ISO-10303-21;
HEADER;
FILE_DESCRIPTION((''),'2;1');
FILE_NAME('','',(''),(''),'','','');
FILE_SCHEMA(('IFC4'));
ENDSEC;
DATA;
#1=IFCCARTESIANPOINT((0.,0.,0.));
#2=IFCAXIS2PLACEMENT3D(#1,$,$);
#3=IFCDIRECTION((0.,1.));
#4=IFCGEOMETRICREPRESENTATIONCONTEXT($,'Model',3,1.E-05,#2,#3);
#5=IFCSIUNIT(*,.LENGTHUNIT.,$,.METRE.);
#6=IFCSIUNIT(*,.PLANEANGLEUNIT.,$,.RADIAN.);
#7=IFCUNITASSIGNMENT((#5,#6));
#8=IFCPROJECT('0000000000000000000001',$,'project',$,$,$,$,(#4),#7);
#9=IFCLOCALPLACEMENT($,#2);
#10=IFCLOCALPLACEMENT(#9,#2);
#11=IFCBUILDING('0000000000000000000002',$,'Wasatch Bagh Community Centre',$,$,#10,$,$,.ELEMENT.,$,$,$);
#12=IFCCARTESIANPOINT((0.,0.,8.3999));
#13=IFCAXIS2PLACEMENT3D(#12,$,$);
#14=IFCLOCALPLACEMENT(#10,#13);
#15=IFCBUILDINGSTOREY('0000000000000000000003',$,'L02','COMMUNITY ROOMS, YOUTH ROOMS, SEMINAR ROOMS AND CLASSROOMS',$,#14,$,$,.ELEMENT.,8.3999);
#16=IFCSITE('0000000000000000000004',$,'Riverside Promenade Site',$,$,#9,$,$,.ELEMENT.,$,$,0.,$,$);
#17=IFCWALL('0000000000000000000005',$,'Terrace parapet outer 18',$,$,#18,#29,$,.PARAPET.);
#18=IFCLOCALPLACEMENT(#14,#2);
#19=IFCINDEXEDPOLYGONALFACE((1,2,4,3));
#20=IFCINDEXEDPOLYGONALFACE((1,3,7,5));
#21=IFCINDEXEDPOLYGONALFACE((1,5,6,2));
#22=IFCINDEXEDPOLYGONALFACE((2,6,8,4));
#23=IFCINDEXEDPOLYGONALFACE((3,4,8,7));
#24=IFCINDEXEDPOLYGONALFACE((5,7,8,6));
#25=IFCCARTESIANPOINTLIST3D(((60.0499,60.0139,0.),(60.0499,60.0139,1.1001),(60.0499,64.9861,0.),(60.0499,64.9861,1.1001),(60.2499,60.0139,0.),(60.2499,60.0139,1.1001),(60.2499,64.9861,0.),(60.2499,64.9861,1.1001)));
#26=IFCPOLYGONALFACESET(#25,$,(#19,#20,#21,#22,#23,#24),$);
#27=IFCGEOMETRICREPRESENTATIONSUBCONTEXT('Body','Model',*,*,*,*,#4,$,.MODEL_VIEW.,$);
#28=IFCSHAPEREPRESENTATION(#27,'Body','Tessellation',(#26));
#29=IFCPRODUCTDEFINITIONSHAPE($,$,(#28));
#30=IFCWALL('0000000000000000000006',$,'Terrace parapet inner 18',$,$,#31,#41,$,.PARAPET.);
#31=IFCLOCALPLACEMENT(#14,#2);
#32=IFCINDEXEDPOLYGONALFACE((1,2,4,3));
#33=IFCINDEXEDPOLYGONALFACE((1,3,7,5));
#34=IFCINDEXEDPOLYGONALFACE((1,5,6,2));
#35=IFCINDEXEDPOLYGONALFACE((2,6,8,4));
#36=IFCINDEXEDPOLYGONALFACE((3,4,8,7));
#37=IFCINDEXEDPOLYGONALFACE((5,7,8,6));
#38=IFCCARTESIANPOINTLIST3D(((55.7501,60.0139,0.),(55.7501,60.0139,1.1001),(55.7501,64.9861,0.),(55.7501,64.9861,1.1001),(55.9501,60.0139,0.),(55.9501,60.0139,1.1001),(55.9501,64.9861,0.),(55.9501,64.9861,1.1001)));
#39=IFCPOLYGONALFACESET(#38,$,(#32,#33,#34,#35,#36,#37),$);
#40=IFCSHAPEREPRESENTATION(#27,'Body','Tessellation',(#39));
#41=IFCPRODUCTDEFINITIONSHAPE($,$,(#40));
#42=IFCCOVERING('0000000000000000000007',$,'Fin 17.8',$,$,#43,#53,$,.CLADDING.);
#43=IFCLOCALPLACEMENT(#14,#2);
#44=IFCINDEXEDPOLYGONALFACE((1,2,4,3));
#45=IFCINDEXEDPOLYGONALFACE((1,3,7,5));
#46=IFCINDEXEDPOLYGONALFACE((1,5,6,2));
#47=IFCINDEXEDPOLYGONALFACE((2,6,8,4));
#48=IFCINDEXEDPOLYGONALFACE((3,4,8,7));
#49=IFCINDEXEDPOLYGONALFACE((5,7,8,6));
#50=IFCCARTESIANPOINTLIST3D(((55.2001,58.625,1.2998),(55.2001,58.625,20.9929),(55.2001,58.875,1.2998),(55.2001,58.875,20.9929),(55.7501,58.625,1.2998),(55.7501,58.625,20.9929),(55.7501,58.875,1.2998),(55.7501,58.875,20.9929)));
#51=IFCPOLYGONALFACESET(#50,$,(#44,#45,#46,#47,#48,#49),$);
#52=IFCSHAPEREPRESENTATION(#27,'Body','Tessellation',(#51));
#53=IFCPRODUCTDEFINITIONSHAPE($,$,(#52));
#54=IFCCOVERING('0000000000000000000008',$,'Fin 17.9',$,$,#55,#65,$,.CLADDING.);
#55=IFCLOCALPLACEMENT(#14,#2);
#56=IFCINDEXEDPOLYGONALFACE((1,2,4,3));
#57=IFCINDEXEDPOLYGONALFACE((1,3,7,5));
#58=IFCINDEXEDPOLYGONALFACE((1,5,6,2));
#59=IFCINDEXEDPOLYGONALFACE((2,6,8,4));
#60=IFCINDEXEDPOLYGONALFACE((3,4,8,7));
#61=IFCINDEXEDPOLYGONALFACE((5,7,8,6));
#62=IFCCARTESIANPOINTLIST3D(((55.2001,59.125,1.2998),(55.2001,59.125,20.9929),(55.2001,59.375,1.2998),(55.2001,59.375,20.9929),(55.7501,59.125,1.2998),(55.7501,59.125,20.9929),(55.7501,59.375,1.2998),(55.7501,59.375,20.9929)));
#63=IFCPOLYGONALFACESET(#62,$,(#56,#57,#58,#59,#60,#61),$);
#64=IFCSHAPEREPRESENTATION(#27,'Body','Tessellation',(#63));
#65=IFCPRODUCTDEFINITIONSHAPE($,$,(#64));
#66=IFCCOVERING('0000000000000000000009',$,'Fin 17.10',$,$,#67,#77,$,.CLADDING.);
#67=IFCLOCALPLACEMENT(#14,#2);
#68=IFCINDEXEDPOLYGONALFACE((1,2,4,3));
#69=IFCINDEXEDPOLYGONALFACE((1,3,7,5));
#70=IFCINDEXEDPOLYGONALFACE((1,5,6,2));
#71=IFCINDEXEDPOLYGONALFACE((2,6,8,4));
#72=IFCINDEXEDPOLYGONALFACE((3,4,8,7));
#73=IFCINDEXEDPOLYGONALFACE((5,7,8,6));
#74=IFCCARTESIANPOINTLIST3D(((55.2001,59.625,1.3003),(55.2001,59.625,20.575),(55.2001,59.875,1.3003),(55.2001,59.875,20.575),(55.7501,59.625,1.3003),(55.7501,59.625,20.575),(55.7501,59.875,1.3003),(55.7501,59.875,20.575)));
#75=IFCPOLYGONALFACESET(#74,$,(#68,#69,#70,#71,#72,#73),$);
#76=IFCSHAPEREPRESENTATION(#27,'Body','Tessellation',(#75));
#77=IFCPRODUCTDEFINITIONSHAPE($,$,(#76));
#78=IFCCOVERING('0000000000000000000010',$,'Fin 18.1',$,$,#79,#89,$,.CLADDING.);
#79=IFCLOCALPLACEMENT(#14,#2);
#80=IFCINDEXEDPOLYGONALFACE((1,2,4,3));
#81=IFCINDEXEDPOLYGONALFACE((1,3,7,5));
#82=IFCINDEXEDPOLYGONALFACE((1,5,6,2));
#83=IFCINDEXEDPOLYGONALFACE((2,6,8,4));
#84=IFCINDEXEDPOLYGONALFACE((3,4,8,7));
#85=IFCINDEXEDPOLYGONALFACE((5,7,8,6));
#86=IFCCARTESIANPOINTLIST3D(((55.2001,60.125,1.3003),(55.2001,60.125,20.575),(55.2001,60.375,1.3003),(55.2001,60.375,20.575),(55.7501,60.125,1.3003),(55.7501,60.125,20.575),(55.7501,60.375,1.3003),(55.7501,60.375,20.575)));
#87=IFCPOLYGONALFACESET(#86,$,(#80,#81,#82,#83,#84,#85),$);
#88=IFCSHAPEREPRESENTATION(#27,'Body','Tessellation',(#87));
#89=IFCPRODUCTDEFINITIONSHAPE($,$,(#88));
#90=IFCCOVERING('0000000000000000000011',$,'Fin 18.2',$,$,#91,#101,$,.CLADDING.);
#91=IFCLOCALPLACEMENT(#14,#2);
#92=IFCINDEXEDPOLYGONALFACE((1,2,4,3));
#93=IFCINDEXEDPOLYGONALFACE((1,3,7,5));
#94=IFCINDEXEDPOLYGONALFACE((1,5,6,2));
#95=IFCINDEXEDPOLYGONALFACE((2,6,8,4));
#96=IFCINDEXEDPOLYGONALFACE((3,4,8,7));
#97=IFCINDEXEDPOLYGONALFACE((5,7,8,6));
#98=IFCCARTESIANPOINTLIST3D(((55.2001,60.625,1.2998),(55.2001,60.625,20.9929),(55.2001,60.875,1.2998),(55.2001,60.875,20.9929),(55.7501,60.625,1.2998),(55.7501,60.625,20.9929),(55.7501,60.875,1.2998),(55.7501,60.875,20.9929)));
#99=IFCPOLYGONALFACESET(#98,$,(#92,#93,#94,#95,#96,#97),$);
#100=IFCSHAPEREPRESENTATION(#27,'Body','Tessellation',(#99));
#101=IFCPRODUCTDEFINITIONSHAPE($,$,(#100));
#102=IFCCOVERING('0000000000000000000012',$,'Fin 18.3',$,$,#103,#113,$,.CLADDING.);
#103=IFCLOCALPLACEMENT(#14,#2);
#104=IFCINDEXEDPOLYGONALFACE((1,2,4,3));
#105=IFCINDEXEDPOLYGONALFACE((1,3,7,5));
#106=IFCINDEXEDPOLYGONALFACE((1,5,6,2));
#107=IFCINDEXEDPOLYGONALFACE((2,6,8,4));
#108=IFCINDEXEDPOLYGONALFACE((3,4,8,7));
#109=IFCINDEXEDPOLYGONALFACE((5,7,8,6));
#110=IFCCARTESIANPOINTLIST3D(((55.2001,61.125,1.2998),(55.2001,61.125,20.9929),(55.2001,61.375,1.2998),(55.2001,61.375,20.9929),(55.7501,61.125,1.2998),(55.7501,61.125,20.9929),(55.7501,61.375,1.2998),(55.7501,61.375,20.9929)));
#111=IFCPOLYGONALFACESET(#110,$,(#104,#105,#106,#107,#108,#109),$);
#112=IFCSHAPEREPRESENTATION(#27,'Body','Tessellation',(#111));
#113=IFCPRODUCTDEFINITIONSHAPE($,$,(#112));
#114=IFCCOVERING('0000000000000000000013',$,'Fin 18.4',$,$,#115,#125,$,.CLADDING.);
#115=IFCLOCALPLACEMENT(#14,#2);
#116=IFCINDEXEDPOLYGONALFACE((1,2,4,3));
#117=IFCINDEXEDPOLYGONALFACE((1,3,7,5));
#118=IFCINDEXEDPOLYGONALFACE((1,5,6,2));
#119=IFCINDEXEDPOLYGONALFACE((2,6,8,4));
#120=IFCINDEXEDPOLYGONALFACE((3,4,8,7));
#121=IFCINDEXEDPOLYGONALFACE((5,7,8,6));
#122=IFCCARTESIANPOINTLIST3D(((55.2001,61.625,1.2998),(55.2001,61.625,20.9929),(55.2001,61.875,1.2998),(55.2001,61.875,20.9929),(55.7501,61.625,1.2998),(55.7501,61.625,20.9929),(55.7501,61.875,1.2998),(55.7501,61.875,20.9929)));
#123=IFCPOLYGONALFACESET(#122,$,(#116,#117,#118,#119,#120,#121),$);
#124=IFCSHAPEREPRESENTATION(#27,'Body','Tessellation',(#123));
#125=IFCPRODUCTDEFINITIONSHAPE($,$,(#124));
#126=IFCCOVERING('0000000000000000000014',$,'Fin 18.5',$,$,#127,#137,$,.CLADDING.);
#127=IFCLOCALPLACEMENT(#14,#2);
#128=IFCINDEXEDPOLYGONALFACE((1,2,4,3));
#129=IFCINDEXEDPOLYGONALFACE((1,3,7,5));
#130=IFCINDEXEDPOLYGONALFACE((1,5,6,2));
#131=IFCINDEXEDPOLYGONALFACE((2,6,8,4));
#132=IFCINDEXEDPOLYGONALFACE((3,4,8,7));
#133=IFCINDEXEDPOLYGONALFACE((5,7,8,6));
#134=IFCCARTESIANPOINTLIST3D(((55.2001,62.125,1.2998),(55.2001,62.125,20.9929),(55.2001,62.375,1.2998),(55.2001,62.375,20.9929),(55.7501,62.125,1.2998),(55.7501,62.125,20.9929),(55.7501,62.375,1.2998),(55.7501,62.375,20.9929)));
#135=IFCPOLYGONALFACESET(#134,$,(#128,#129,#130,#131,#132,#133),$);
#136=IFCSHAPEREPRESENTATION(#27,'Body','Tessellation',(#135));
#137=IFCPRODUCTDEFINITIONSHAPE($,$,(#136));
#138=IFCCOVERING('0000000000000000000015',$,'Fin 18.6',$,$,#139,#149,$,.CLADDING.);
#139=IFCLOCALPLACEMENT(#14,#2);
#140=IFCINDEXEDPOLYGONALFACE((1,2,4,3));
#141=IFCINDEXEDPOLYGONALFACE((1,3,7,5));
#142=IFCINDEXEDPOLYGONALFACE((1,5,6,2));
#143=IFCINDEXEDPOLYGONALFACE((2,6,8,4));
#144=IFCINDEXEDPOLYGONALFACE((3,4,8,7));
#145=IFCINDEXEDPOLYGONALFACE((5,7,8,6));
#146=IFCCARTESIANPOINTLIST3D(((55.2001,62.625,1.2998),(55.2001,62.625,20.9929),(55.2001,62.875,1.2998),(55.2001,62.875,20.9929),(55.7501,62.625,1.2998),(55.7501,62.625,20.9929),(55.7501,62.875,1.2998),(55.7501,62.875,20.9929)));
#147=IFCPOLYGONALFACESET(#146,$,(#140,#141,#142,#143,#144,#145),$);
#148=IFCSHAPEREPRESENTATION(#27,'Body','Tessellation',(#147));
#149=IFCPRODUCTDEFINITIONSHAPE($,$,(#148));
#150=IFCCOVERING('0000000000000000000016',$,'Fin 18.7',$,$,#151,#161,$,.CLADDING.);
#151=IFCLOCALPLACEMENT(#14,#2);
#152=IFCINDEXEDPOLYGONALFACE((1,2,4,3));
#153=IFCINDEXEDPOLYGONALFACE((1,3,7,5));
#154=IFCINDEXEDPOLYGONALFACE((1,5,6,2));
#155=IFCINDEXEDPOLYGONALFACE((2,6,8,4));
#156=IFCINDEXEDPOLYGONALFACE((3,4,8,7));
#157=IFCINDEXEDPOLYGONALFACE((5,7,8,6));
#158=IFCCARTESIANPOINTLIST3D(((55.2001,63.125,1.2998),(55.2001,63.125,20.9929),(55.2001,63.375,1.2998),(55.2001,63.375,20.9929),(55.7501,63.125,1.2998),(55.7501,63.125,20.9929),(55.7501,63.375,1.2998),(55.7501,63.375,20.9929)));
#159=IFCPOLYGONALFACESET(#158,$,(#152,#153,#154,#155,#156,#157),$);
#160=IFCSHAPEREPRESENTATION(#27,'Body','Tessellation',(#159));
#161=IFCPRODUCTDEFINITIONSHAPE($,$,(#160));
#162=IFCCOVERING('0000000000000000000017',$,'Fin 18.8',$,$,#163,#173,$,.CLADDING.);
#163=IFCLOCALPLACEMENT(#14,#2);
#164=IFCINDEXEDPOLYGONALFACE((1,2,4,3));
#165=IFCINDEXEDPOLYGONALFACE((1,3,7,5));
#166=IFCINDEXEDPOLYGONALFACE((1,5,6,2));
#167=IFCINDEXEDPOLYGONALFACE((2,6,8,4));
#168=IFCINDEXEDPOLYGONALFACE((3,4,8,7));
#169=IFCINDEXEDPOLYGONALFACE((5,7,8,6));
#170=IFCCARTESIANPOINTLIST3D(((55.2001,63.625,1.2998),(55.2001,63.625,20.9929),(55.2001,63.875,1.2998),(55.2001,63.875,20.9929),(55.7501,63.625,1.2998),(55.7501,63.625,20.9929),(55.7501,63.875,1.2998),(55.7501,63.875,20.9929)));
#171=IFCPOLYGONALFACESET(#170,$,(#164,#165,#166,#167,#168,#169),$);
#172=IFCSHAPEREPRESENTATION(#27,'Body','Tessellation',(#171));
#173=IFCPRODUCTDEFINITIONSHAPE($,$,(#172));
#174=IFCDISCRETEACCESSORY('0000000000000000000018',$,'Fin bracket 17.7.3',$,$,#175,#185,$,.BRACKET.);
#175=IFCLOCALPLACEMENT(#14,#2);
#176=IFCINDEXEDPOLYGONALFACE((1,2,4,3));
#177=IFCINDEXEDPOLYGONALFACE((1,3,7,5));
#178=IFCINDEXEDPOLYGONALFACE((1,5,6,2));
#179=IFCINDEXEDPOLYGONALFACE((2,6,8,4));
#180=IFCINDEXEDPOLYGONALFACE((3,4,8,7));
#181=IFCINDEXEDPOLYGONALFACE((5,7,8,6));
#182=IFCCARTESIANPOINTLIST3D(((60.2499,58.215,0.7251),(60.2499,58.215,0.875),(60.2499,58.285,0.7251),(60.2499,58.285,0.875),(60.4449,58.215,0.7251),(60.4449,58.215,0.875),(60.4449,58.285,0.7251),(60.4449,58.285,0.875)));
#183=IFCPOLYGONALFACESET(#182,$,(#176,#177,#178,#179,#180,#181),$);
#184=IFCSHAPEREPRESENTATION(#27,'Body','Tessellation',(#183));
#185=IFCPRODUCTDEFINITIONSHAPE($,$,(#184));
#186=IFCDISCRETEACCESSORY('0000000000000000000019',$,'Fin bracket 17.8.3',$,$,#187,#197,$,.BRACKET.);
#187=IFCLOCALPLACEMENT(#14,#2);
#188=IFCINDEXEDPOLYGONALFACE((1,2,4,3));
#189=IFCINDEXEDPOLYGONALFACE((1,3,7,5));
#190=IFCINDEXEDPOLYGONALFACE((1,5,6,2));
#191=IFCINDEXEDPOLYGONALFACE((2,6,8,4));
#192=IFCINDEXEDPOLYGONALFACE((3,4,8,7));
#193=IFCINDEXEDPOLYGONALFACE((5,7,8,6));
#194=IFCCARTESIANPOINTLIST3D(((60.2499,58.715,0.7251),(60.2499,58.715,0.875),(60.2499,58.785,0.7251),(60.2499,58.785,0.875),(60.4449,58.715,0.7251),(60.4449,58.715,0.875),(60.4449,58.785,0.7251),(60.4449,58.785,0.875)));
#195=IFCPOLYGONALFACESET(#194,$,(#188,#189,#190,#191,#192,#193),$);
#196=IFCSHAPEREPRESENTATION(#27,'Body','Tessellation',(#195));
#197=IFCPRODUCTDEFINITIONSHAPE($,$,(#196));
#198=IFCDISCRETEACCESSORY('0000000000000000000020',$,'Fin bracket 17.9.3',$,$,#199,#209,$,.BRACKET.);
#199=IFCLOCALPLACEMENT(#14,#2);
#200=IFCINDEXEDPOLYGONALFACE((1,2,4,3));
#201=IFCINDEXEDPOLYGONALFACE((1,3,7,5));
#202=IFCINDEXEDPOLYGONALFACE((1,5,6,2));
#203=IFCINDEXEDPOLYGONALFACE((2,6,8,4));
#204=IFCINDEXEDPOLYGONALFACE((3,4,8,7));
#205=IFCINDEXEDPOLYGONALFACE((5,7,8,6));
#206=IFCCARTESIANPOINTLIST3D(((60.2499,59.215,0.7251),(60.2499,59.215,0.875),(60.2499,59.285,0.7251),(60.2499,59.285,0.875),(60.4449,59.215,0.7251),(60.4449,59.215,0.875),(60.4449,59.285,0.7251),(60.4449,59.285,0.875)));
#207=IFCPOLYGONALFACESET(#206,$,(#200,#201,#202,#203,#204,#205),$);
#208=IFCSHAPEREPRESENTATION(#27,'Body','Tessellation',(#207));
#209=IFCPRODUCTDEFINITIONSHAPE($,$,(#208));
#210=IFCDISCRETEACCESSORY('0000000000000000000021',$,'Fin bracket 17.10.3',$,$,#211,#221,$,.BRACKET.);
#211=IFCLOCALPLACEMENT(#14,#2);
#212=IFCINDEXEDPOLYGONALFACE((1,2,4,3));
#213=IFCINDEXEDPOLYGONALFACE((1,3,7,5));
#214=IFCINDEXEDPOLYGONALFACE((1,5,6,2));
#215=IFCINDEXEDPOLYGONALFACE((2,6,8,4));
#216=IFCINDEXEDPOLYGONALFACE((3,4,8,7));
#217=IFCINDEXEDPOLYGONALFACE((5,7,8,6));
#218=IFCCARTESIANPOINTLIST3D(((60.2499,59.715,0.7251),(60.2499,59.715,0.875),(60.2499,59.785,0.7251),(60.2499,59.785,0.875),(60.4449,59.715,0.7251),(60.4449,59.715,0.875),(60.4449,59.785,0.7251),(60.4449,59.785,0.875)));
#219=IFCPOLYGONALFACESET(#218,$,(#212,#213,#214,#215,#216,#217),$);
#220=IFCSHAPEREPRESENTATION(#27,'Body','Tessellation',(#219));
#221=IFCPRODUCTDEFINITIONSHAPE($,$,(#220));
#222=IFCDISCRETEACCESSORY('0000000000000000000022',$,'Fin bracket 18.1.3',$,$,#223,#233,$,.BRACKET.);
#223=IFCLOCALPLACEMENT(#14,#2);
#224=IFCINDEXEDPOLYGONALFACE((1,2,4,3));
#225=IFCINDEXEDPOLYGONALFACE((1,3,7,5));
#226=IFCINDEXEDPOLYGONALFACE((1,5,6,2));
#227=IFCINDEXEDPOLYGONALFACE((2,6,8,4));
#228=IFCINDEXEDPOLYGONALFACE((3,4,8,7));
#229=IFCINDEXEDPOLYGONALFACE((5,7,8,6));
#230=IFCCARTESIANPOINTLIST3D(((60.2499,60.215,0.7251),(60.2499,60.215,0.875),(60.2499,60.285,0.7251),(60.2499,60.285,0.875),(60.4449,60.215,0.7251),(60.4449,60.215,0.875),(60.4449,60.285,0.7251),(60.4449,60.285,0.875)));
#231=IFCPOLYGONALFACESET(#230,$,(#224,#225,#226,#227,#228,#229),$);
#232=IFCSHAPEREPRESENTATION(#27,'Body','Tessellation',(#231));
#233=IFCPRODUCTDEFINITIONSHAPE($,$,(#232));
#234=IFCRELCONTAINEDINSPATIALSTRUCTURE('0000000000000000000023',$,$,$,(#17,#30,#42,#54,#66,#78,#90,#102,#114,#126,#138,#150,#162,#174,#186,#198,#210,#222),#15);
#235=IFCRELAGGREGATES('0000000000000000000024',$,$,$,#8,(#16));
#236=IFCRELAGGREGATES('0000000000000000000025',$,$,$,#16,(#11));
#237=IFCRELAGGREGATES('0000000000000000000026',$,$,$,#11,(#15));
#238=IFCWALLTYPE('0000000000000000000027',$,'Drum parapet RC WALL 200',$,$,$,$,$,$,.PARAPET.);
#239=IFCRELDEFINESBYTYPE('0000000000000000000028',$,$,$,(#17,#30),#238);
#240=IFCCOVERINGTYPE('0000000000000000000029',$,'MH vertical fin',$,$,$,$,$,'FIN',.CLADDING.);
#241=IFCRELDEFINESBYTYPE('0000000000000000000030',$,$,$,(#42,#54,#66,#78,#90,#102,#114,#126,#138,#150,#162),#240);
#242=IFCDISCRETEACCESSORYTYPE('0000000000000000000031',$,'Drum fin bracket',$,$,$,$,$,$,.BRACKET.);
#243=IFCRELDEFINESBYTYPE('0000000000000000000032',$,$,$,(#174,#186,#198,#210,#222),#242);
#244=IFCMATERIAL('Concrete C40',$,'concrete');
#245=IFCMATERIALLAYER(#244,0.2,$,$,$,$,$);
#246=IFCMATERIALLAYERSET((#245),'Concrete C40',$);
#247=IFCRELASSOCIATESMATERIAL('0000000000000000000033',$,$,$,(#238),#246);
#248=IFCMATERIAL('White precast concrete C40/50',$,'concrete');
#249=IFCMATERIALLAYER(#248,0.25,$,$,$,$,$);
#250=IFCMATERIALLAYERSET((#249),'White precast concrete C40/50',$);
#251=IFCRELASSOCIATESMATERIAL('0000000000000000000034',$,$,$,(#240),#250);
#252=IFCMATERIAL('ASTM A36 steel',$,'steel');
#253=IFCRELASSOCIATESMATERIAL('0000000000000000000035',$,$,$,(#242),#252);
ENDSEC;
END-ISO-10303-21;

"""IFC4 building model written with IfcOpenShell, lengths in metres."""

from ifc_helpers import new_model, si_unit, direction, frame, frame_2d, origin, origin_2d, place, context, subcontext, project, spatial, rectangle, extrude, material, layer, layer_set, type_object, element, save


model = new_model("IFC4")

# Units and contexts
model_context = context("Model", 3, precision=1e-05, world=origin(), true_north=direction((0.0, 1.0)))
body_context = subcontext(model_context, "Body", "Model", "MODEL_VIEW")
ifc_project = project(units=[si_unit("LENGTHUNIT", "METRE"), si_unit("PLANEANGLEUNIT", "RADIAN")], contexts=[model_context])

# Site, building, storey
site_placement = place(None, origin())
site = spatial("IfcSite", under=ifc_project, at=site_placement, Name="Riverside Promenade Site", CompositionType="ELEMENT", RefElevation=0.0)
building_placement = place(site_placement, origin())
building = spatial("IfcBuilding", under=site, at=building_placement, Name="Wasatch Bagh Community Centre", CompositionType="ELEMENT")
storey_placement = place(building_placement, frame((0.0, 0.0, 8.3999)))
storey = spatial("IfcBuildingStorey", under=building, at=storey_placement, Name="L02", Description="COMMUNITY ROOMS, YOUTH ROOMS, SEMINAR ROOMS AND CLASSROOMS", CompositionType="ELEMENT", Elevation=8.3999)

# Walls
ifc_material_1 = material(Name="Concrete C40", Category="concrete")
ifc_layer_1 = layer(ifc_material_1, 0.2)
ifc_layer_set_1 = layer_set([ifc_layer_1], Name="Concrete C40")
wall_type = type_object("IfcWallType", Name="Drum parapet RC WALL 200", PredefinedType="PARAPET", material=ifc_layer_set_1)
for number, where, z_axis, x_axis, name in (
    (1, (60.1499, 60.0139, 0.0), (0.0, 0.0, 1.0), (0.0, 1.0, 0.0), "Terrace parapet outer 18"),
    (2, (55.8501, 60.0139, 0.0), (0.0, 0.0, 1.0), (0.0, 1.0, 0.0), "Terrace parapet inner 18"),
):
    element("IfcWall", number, at=place(storey_placement, frame(where, z_axis=z_axis, x_axis=x_axis)), inside=storey, type_object=wall_type, Name=name, PredefinedType="PARAPET", context=body_context, shape_type="SweptSolid", body=[
        extrude(rectangle(XDim=4.9722, YDim=0.2, at=frame_2d((2.4861, 0.0))), origin(), (0.0, 0.0, 1.0), 1.1001),
    ])

# Coverings
ifc_material_2 = material(Name="White precast concrete C40/50", Category="concrete")
ifc_layer_2 = layer(ifc_material_2, 0.25)
ifc_layer_set_2 = layer_set([ifc_layer_2], Name="White precast concrete C40/50")
covering_type = type_object("IfcCoveringType", Name="MH vertical fin", ElementType="FIN", PredefinedType="CLADDING", material=ifc_layer_set_2)
for number, where, z_axis, x_axis, name in (
    (3, (55.4751, 58.75, 1.2998), (0.0, 0.0, 1.0), (0.0, 1.0, 0.0), "Fin 17.8"),
    (4, (55.4751, 59.25, 1.2998), (0.0, 0.0, 1.0), (0.0, 1.0, 0.0), "Fin 17.9"),
):
    element("IfcCovering", number, at=place(storey_placement, frame(where, z_axis=z_axis, x_axis=x_axis)), inside=storey, type_object=covering_type, Name=name, PredefinedType="CLADDING", context=body_context, shape_type="SweptSolid", body=[
        extrude(rectangle(XDim=0.25, YDim=0.55, at=origin_2d()), origin(), (0.0, 0.0, 1.0), 19.6931),
    ])
for number, where, z_axis, x_axis, name in (
    (5, (55.4751, 59.75, 1.3003), (0.0, 0.0, 1.0), (0.0, 1.0, 0.0), "Fin 17.10"),
    (6, (55.4751, 60.25, 1.3003), (0.0, 0.0, 1.0), (0.0, 1.0, 0.0), "Fin 18.1"),
):
    element("IfcCovering", number, at=place(storey_placement, frame(where, z_axis=z_axis, x_axis=x_axis)), inside=storey, type_object=covering_type, Name=name, PredefinedType="CLADDING", context=body_context, shape_type="SweptSolid", body=[
        extrude(rectangle(XDim=0.25, YDim=0.55, at=origin_2d()), origin(), (0.0, 0.0, 1.0), 19.2747),
    ])
for number, where, z_axis, x_axis, name in (
    (7, (55.4751, 60.75, 1.2998), (0.0, 0.0, 1.0), (0.0, 1.0, 0.0), "Fin 18.2"),
    (8, (55.4751, 61.25, 1.2998), (0.0, 0.0, 1.0), (0.0, 1.0, 0.0), "Fin 18.3"),
    (9, (55.4751, 61.75, 1.2998), (0.0, 0.0, 1.0), (0.0, 1.0, 0.0), "Fin 18.4"),
    (10, (55.4751, 62.25, 1.2998), (0.0, 0.0, 1.0), (0.0, 1.0, 0.0), "Fin 18.5"),
    (11, (55.4751, 62.75, 1.2998), (0.0, 0.0, 1.0), (0.0, 1.0, 0.0), "Fin 18.6"),
    (12, (55.4751, 63.25, 1.2998), (0.0, 0.0, 1.0), (0.0, 1.0, 0.0), "Fin 18.7"),
    (13, (55.4751, 63.75, 1.2998), (0.0, 0.0, 1.0), (0.0, 1.0, 0.0), "Fin 18.8"),
):
    element("IfcCovering", number, at=place(storey_placement, frame(where, z_axis=z_axis, x_axis=x_axis)), inside=storey, type_object=covering_type, Name=name, PredefinedType="CLADDING", context=body_context, shape_type="SweptSolid", body=[
        extrude(rectangle(XDim=0.25, YDim=0.55, at=origin_2d()), origin(), (0.0, 0.0, 1.0), 19.6931),
    ])

# Discrete accessories
ifc_material_3 = material(Name="ASTM A36 steel", Category="steel")
discrete_accessory_type = type_object("IfcDiscreteAccessoryType", Name="Drum fin bracket", PredefinedType="BRACKET", material=ifc_material_3)
for number, where, z_axis, x_axis, name in (
    (14, (60.3474, 58.25, 0.7251), (0.0, 0.0, 1.0), (0.0, 1.0, 0.0), "Fin bracket 17.7.3"),
    (15, (60.3474, 58.75, 0.7251), (0.0, 0.0, 1.0), (0.0, 1.0, 0.0), "Fin bracket 17.8.3"),
    (16, (60.3474, 59.25, 0.7251), (0.0, 0.0, 1.0), (0.0, 1.0, 0.0), "Fin bracket 17.9.3"),
    (17, (60.3474, 59.75, 0.7251), (0.0, 0.0, 1.0), (0.0, 1.0, 0.0), "Fin bracket 17.10.3"),
    (18, (60.3474, 60.25, 0.7251), (0.0, 0.0, 1.0), (0.0, 1.0, 0.0), "Fin bracket 18.1.3"),
):
    element("IfcDiscreteAccessory", number, at=place(storey_placement, frame(where, z_axis=z_axis, x_axis=x_axis)), inside=storey, type_object=discrete_accessory_type, Name=name, PredefinedType="BRACKET", context=body_context, shape_type="SweptSolid", body=[
        extrude(rectangle(XDim=0.0701, YDim=0.1951, at=origin_2d()), origin(), (0.0, 0.0, 1.0), 0.1499),
    ])

save(model, "model.ifc")
